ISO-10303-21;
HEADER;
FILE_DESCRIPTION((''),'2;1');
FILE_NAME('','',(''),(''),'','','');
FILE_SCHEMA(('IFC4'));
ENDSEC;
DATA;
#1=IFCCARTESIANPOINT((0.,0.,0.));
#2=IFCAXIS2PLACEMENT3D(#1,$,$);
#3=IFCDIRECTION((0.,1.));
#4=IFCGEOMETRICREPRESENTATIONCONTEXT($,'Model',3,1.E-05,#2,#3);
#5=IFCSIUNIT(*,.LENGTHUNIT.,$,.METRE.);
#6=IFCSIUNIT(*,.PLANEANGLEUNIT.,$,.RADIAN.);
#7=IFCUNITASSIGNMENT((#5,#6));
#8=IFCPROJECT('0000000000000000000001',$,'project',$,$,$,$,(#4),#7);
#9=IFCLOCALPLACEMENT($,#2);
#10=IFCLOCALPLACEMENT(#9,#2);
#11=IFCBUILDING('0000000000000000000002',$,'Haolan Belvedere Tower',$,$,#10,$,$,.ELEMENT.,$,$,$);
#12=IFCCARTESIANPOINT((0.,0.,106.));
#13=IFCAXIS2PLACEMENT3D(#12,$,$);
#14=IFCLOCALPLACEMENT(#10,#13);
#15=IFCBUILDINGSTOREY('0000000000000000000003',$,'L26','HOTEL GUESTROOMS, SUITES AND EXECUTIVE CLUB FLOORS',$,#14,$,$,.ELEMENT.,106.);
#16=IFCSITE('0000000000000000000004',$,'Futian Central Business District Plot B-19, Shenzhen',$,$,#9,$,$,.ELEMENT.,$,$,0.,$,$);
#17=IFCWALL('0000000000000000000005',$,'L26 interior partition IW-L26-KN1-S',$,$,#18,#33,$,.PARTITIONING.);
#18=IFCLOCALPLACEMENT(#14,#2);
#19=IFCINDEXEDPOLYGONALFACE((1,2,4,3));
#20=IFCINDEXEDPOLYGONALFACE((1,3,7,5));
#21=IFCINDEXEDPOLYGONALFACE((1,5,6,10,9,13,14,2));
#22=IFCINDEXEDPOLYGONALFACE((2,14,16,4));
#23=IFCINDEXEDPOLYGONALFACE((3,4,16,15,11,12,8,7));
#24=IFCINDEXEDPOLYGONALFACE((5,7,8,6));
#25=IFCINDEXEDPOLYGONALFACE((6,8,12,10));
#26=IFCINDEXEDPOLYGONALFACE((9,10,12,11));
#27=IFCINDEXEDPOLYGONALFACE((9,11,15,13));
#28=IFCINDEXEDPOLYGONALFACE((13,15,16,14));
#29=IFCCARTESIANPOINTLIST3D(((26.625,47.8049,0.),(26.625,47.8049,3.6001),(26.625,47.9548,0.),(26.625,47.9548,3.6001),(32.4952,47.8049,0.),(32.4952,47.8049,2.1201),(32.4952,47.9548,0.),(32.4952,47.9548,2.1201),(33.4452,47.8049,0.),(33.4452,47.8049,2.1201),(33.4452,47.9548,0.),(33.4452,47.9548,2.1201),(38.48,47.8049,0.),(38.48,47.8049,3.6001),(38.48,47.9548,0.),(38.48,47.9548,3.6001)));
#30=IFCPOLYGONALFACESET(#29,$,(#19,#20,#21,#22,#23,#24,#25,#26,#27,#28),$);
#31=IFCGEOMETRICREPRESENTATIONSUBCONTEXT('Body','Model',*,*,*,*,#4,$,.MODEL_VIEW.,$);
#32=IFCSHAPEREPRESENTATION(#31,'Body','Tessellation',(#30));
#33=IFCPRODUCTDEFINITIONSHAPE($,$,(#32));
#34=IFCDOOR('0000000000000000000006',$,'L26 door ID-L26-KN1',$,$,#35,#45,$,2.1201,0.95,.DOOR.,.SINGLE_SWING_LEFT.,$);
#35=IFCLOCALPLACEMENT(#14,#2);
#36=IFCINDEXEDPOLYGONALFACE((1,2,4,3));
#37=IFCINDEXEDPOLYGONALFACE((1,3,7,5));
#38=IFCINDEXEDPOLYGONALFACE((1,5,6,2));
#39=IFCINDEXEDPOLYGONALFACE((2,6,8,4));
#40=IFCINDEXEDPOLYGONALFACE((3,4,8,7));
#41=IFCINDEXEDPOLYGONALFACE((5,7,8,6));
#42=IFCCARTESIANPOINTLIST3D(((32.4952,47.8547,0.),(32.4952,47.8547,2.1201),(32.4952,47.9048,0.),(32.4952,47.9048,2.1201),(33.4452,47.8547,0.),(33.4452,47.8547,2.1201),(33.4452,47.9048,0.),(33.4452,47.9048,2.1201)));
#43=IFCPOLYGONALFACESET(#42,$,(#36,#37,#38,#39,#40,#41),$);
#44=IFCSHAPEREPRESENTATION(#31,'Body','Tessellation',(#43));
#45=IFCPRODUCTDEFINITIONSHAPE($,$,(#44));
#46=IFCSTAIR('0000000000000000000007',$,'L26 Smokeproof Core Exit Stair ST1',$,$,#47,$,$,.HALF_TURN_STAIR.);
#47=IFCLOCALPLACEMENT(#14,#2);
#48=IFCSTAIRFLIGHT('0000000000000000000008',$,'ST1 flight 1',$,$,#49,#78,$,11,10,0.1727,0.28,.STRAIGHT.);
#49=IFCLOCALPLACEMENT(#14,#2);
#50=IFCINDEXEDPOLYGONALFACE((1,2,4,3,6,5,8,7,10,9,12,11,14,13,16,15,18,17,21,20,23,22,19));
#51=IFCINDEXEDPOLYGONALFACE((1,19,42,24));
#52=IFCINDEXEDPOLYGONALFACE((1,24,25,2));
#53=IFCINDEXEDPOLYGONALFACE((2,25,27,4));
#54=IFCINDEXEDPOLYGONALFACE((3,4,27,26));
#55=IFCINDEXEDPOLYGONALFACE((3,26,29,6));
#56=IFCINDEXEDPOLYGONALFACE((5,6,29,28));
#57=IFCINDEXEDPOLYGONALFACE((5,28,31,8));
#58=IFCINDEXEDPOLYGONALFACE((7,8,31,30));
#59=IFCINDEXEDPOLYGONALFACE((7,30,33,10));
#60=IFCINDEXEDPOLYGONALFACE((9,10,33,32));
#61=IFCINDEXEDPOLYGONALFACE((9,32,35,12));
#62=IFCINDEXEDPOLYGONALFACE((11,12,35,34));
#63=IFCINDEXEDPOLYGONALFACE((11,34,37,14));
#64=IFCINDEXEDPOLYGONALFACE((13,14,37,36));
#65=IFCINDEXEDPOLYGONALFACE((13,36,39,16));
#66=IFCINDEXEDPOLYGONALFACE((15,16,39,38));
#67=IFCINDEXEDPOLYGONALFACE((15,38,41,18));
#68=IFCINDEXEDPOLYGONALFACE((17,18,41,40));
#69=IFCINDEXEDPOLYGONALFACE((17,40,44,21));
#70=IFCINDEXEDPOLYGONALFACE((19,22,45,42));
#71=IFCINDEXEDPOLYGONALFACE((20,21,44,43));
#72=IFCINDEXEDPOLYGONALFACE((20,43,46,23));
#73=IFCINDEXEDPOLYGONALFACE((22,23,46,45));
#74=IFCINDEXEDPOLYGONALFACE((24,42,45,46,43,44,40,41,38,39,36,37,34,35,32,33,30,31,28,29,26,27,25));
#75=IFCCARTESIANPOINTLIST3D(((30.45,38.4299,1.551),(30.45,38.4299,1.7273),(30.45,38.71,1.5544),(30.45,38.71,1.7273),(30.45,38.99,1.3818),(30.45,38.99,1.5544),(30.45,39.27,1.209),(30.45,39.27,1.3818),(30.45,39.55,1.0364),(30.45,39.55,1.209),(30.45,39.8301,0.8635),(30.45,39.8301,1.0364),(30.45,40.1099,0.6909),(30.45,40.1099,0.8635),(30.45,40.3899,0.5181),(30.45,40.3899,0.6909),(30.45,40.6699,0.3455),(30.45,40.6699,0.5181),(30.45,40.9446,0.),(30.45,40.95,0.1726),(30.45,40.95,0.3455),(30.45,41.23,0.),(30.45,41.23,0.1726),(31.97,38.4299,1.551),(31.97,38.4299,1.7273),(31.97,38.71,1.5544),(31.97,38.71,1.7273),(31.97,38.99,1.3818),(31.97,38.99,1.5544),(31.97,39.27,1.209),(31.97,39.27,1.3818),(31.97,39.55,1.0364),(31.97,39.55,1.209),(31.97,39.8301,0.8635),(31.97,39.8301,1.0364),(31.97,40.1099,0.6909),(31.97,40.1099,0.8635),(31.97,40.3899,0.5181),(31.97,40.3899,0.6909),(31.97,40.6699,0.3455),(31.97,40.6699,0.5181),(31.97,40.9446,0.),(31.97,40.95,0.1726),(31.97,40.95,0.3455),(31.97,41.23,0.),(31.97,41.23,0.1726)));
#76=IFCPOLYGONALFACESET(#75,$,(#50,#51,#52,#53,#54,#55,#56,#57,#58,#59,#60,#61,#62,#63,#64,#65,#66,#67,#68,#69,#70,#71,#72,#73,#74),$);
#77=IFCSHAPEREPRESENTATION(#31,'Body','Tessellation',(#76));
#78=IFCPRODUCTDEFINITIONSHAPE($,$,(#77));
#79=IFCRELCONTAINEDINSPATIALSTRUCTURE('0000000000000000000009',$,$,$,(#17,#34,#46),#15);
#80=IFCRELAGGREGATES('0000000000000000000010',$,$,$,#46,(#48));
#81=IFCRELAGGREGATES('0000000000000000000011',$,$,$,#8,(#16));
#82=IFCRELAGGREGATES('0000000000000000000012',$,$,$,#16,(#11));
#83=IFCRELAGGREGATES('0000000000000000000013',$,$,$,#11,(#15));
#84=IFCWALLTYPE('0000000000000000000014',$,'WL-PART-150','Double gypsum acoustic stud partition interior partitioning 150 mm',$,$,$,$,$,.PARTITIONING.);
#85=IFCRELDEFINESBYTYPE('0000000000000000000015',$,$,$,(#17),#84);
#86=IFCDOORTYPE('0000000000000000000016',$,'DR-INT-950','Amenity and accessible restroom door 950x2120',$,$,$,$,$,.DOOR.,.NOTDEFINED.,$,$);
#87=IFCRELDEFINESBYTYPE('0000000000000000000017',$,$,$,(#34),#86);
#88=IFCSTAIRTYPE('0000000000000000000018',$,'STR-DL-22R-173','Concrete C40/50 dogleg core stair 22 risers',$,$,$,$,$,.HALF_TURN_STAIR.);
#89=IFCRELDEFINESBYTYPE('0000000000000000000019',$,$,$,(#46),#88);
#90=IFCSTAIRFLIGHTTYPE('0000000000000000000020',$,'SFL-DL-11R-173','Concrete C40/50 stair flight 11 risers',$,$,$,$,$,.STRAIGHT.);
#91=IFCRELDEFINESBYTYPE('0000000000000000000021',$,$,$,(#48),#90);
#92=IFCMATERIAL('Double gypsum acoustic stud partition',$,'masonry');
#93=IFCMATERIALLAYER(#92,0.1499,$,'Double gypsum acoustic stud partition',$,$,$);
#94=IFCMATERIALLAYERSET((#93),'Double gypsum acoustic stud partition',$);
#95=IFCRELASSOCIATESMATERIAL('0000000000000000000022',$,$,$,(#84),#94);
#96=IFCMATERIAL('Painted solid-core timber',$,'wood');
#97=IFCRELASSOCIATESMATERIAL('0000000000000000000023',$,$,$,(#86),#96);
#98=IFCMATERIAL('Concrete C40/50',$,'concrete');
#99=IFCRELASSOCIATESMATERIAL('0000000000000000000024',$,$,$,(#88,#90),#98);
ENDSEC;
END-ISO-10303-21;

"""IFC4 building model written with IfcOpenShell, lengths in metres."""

from ifc_helpers import new_model, si_unit, direction, frame, frame_2d, origin, place, context, subcontext, project, spatial, polyline, rectangle, outline, extrude, material, layer, layer_set, type_object, element, fill, aggregate, save


model = new_model("IFC4")

# Units and contexts
model_context = context("Model", 3, precision=1e-05, world=origin(), true_north=direction((0.0, 1.0)))
body_context = subcontext(model_context, "Body", "Model", "MODEL_VIEW")
ifc_project = project(units=[si_unit("LENGTHUNIT", "METRE"), si_unit("PLANEANGLEUNIT", "RADIAN")], contexts=[model_context])

# Site, building, storey
site_placement = place(None, origin())
site = spatial("IfcSite", under=ifc_project, at=site_placement, Name="Futian Central Business District Plot B-19, Shenzhen", CompositionType="ELEMENT", RefElevation=0.0)
building_placement = place(site_placement, origin())
building = spatial("IfcBuilding", under=site, at=building_placement, Name="Haolan Belvedere Tower", CompositionType="ELEMENT")
storey_placement = place(building_placement, frame((0.0, 0.0, 106.0)))
storey = spatial("IfcBuildingStorey", under=building, at=storey_placement, Name="L26", Description="HOTEL GUESTROOMS, SUITES AND EXECUTIVE CLUB FLOORS", CompositionType="ELEMENT", Elevation=106.0)

# Shared definitions
ifc_material_1 = material(Name="Concrete C40/50", Category="concrete")

# Shared definitions
ifc_material_2 = material(Name="Double gypsum acoustic stud partition", Category="masonry")
ifc_layer_1 = layer(ifc_material_2, 0.1499, Name="Double gypsum acoustic stud partition")
ifc_layer_set_1 = layer_set([ifc_layer_1], Name="Double gypsum acoustic stud partition")
wall_type_1 = type_object("IfcWallType", Name="WL-PART-150", Description="Double gypsum acoustic stud partition interior partitioning 150 mm", PredefinedType="PARTITIONING", material=ifc_layer_set_1)

# Wall, opening, door
wall_1_placement = place(storey_placement, frame((26.625, 47.8799, 0.0), z_axis=(0.0, 0.0, 1.0), x_axis=(1.0, 0.0, 0.0)))
wall_1 = element("IfcWall", 1, at=wall_1_placement, inside=storey, type_object=wall_type_1, Name="L26 interior partition IW-L26-KN1-S", PredefinedType="PARTITIONING", context=body_context, shape_type="SweptSolid", body=[
    extrude(rectangle(XDim=11.855, YDim=0.1499, at=frame_2d((5.9275, 0.0))), origin(), (0.0, 0.0, 1.0), 3.6001),
])
opening_1_placement = place(wall_1_placement, frame((5.8701, 0.0, 0.0)))
opening_1 = element("IfcOpeningElement", 2, at=opening_1_placement, cuts=wall_1, PredefinedType="OPENING", context=body_context, shape_type="SweptSolid", body=[
    extrude(rectangle(XDim=0.95, YDim=2.1201, at=frame_2d((0.4751, 1.0601))), frame((0.0, 0.085, 0.0), z_axis=(0.0, -1.0, 0.0), x_axis=(1.0, 0.0, 0.0)), (0.0, 0.0, 1.0), 0.1699),
])
ifc_material_3 = material(Name="Painted solid-core timber", Category="wood")
door_type_1 = type_object("IfcDoorType", Name="DR-INT-950", Description="Amenity and accessible restroom door 950x2120", OperationType="NOTDEFINED", PredefinedType="DOOR", material=ifc_material_3)
door_1_placement = place(opening_1_placement, origin())
door_1 = element("IfcDoor", 3, at=door_1_placement, inside=storey, type_object=door_type_1, Name="L26 door ID-L26-KN1", OperationType="SINGLE_SWING_LEFT", OverallHeight=2.1201, OverallWidth=0.95, PredefinedType="DOOR", context=body_context, shape_type="SweptSolid", body=[
    extrude(rectangle(XDim=0.95, YDim=2.1201, at=frame_2d((0.4751, 1.0601))), frame((0.0, 0.0249, 0.0), z_axis=(0.0, -1.0, 0.0), x_axis=(1.0, 0.0, 0.0)), (0.0, 0.0, 1.0), 0.05),
])
fill(opening_1, door_1)

# Stair, stair flight
stair_type = type_object("IfcStairType", Name="STR-DL-22R-173", Description="Concrete C40/50 dogleg core stair 22 risers", PredefinedType="HALF_TURN_STAIR", material=ifc_material_1)
stair_placement = place(storey_placement, origin())
stair = element("IfcStair", 4, at=stair_placement, inside=storey, type_object=stair_type, Name="L26 Smokeproof Core Exit Stair ST1", PredefinedType="HALF_TURN_STAIR")
stair_flight_type = type_object("IfcStairFlightType", Name="SFL-DL-11R-173", Description="Concrete C40/50 stair flight 11 risers", PredefinedType="STRAIGHT", material=ifc_material_1)
stair_flight_placement = place(storey_placement, frame((31.21, 41.23, 0.0), z_axis=(0.0, 0.0, 1.0), x_axis=(0.0, -1.0, 0.0)))
stair_flight = element("IfcStairFlight", 5, at=stair_flight_placement, type_object=stair_flight_type, Name="ST1 flight 1", NumberOfRisers=11, NumberOfTreads=10, PredefinedType="STRAIGHT", RiserHeight=0.1727, TreadLength=0.28, context=body_context, shape_type="SweptSolid", body=[
    extrude(outline(polyline([(0.0, 0.0), (0.0, 0.1726), (0.28, 0.1726), (0.28, 0.3455), (0.5601, 0.3455), (0.5601, 0.5181), (0.8401, 0.5181), (0.8401, 0.6909), (1.1201, 0.6909), (1.1201, 0.8635), (1.3999, 0.8635), (1.3999, 1.0364), (1.6799, 1.0364), (1.6799, 1.209), (1.96, 1.209), (1.96, 1.3818), (2.24, 1.3818), (2.24, 1.5544), (2.52, 1.5544), (2.52, 1.7273), (2.8, 1.7273), (2.8, 1.8999), (2.8, 1.551), (0.2854, 0.0), (0.0, 0.0)])), frame((0.0, 0.76, 0.0), z_axis=(0.0, -1.0, 0.0), x_axis=(1.0, 0.0, 0.0)), (0.0, 0.0, 1.0), 1.52),
])
aggregate(stair, [stair_flight])

save(model, "model.ifc")
